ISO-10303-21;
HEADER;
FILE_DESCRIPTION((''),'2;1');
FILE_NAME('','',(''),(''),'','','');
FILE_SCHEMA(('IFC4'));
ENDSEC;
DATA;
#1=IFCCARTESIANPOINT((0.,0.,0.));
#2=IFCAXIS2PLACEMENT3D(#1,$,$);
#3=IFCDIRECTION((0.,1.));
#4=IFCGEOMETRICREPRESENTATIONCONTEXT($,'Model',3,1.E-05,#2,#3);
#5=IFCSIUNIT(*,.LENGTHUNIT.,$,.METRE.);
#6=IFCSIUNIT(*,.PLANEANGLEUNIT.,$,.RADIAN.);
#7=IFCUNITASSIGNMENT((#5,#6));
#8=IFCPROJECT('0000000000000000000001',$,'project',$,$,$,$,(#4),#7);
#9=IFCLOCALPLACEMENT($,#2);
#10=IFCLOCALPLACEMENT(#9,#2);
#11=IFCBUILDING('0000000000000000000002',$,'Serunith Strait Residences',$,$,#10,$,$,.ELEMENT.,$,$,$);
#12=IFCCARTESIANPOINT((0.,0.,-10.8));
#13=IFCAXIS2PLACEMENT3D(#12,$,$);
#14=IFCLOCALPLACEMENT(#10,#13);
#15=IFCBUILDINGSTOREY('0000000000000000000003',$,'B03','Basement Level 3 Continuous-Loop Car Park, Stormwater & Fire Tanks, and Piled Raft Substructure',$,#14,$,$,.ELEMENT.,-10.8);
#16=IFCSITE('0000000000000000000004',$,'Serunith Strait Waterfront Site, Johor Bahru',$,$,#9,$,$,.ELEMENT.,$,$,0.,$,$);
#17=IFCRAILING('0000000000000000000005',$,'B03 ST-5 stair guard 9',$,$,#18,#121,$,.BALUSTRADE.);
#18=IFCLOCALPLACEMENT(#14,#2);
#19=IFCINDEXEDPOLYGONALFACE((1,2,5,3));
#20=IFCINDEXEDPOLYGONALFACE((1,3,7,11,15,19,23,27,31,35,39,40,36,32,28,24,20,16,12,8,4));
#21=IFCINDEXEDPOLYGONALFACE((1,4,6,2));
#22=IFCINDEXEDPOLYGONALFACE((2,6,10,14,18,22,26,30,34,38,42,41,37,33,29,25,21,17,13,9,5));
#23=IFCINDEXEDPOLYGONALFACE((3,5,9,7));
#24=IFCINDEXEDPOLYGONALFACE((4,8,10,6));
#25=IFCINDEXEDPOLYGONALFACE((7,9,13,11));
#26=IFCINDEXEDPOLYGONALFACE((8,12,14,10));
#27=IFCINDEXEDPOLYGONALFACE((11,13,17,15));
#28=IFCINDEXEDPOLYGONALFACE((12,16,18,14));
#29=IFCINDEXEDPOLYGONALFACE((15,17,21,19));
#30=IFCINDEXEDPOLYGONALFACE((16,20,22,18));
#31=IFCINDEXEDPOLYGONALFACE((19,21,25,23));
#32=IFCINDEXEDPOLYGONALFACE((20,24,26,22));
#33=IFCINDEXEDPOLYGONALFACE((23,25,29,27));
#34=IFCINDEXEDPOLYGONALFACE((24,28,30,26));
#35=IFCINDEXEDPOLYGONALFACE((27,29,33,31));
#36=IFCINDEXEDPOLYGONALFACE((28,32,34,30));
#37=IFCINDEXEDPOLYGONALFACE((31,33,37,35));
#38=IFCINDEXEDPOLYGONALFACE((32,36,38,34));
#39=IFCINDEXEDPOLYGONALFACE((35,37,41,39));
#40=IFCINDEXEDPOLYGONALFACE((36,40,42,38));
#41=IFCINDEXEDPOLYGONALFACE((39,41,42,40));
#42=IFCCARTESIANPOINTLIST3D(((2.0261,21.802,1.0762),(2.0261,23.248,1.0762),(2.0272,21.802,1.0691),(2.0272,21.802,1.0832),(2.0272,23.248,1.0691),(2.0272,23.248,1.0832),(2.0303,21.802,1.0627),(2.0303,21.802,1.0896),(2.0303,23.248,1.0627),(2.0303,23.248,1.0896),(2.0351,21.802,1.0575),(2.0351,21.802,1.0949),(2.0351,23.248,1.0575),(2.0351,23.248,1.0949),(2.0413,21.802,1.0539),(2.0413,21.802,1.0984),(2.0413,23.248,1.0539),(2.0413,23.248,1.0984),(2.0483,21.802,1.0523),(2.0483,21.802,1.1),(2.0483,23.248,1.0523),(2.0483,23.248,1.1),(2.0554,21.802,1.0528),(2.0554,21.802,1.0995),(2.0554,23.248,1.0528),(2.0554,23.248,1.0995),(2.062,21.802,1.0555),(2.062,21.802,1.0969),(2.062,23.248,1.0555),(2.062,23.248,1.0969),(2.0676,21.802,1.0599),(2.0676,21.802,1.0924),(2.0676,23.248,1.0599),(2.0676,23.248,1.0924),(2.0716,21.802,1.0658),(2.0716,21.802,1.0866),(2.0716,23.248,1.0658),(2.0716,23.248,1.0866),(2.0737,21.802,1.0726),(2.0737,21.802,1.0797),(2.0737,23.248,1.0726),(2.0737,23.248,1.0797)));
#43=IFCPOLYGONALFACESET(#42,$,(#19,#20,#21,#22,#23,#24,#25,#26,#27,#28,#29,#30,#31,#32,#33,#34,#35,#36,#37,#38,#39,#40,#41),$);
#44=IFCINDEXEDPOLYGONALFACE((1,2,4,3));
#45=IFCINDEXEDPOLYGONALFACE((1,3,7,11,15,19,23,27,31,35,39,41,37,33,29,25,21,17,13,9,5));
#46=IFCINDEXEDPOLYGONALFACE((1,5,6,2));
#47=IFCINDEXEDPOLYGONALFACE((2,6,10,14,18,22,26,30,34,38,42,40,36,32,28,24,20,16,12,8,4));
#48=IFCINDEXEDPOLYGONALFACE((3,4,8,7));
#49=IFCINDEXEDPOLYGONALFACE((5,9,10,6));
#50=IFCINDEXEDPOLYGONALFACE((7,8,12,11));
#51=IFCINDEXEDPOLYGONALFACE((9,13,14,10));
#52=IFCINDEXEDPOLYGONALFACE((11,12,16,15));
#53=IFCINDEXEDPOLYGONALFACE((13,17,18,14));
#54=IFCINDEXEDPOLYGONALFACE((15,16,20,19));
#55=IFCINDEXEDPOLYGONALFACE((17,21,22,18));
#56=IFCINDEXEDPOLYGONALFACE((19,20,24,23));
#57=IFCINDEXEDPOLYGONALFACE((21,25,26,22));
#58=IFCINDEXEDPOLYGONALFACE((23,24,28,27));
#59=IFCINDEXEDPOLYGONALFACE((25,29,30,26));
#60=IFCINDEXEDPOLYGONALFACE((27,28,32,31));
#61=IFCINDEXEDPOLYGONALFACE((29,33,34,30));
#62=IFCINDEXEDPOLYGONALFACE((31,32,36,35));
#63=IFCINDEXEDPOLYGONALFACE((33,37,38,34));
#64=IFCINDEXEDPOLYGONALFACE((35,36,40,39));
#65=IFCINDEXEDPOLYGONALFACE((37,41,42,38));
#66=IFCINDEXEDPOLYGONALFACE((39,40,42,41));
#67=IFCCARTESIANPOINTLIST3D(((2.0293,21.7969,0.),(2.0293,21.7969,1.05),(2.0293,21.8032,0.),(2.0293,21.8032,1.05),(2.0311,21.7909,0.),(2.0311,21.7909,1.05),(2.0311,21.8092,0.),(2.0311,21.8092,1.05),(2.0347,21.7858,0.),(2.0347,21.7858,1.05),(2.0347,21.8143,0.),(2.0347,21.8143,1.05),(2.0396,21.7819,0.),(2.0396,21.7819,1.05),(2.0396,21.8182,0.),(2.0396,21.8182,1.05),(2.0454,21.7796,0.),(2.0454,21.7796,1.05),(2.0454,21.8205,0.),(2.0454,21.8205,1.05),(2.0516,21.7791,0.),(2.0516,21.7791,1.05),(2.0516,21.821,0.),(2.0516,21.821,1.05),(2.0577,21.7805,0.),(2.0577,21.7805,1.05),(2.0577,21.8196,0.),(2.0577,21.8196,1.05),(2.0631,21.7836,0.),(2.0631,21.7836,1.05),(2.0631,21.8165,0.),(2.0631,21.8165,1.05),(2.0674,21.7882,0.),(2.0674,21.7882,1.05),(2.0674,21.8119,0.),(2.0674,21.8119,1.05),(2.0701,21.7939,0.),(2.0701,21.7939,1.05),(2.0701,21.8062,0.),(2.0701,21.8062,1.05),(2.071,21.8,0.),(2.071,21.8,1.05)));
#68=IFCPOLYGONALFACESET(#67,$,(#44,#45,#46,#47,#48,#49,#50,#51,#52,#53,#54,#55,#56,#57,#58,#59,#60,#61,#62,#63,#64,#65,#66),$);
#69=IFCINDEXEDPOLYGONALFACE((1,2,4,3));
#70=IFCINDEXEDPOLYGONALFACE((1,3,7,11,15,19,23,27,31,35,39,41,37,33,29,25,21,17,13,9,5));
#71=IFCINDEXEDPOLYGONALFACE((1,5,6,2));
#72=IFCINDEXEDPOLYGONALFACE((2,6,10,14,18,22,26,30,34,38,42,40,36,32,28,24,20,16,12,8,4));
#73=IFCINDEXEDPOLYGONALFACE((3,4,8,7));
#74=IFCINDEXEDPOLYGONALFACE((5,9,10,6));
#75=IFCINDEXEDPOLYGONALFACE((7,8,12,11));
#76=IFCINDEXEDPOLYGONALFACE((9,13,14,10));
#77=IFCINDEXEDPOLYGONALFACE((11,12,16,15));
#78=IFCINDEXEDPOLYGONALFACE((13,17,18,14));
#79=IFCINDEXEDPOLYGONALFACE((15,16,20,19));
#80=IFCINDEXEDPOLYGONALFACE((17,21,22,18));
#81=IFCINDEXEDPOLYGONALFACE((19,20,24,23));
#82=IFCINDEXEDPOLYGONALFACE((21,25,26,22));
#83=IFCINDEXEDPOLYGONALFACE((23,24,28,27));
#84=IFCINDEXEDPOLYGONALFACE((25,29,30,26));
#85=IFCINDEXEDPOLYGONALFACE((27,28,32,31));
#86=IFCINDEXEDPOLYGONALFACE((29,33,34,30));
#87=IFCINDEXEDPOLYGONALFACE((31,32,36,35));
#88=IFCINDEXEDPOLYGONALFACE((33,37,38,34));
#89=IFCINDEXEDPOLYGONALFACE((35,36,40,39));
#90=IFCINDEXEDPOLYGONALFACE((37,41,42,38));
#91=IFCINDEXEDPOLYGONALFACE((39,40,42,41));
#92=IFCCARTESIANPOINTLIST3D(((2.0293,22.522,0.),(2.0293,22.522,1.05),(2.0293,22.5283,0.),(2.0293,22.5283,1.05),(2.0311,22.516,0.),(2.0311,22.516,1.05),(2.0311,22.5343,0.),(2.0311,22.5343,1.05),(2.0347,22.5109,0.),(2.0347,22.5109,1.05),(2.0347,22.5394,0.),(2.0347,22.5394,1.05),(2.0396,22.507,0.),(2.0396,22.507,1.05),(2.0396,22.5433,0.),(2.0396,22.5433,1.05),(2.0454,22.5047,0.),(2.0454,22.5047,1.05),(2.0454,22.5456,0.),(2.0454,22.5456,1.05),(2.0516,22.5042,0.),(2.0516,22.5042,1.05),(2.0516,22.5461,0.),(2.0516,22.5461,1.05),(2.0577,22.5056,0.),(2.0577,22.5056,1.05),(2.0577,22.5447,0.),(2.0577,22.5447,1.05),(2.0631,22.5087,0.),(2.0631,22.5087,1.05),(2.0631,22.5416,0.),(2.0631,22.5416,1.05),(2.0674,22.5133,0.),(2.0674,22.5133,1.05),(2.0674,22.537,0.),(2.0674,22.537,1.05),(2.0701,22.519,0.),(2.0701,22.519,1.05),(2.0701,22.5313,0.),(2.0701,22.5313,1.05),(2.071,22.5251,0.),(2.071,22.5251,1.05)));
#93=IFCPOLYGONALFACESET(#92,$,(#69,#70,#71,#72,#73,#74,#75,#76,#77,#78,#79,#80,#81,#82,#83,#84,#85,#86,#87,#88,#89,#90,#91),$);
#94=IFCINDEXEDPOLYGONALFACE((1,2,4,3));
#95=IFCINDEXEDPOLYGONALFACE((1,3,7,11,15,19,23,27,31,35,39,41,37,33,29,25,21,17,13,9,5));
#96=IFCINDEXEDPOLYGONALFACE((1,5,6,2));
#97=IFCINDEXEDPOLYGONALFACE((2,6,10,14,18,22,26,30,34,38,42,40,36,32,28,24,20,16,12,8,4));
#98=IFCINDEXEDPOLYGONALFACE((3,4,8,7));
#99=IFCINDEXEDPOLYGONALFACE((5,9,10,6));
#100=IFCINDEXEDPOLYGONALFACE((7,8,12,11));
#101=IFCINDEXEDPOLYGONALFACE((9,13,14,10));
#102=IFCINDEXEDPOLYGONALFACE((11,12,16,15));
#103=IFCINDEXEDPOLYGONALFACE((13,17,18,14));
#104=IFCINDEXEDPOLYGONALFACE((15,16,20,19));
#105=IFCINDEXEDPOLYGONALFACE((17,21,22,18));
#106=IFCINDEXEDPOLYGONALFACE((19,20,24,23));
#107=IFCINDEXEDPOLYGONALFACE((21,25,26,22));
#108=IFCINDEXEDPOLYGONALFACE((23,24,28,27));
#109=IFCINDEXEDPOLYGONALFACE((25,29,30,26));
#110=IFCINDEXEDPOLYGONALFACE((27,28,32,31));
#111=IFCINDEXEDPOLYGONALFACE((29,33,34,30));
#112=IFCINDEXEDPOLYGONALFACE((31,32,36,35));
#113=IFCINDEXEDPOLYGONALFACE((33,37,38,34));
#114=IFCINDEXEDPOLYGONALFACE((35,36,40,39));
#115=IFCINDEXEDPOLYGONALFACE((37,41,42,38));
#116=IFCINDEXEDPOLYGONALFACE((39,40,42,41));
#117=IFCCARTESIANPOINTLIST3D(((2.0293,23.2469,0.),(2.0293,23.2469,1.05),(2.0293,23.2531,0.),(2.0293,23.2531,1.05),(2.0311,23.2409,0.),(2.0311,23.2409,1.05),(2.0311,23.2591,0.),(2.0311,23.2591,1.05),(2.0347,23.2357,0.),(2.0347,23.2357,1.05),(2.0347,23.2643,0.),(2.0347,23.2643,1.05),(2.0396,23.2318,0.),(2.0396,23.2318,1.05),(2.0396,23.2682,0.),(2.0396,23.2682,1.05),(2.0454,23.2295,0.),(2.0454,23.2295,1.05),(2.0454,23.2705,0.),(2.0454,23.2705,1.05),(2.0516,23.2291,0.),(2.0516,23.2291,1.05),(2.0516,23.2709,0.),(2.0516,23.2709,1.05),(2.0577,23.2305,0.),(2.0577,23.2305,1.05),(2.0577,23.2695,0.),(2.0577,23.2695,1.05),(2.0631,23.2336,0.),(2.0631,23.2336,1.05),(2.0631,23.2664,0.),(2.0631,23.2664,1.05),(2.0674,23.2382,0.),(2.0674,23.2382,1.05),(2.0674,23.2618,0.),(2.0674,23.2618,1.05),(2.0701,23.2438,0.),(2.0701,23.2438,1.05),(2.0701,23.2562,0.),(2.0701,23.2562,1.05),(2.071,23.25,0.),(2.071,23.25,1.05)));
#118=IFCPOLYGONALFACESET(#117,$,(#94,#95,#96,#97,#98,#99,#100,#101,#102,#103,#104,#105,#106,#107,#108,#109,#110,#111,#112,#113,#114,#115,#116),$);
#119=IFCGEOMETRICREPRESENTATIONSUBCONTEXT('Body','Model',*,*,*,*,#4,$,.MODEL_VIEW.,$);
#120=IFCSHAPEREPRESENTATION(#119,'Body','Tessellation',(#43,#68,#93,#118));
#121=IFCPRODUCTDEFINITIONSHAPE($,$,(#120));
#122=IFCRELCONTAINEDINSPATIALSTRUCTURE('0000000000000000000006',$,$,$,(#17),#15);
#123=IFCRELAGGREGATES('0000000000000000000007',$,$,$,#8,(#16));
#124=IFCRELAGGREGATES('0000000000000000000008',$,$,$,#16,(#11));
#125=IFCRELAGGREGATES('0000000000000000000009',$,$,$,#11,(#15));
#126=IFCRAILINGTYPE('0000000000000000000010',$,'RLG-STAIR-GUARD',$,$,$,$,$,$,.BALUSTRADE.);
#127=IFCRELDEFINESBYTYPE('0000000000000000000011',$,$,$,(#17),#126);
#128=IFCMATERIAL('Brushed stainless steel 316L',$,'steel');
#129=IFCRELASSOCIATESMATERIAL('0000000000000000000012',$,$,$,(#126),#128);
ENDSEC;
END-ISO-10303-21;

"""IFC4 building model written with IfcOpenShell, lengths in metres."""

from ifc_helpers import new_model, si_unit, direction, frame, origin, origin_2d, place, context, subcontext, project, spatial, circle, extrude, material, type_object, element, save


model = new_model("IFC4")

# Units and contexts
model_context = context("Model", 3, precision=1e-05, world=origin(), true_north=direction((0.0, 1.0)))
body_context = subcontext(model_context, "Body", "Model", "MODEL_VIEW")
ifc_project = project(units=[si_unit("LENGTHUNIT", "METRE"), si_unit("PLANEANGLEUNIT", "RADIAN")], contexts=[model_context])

# Site, building, storey
site_placement = place(None, origin())
site = spatial("IfcSite", under=ifc_project, at=site_placement, Name="Serunith Strait Waterfront Site, Johor Bahru", CompositionType="ELEMENT", RefElevation=0.0)
building_placement = place(site_placement, origin())
building = spatial("IfcBuilding", under=site, at=building_placement, Name="Serunith Strait Residences", CompositionType="ELEMENT")
storey_placement = place(building_placement, frame((0.0, 0.0, -10.8)))
storey = spatial("IfcBuildingStorey", under=building, at=storey_placement, Name="B03", Description="Basement Level 3 Continuous-Loop Car Park, Stormwater & Fire Tanks, and Piled Raft Substructure", CompositionType="ELEMENT", Elevation=-10.8)

# Railing
ifc_material_1 = material(Name="Brushed stainless steel 316L", Category="steel")
railing_type = type_object("IfcRailingType", Name="RLG-STAIR-GUARD", PredefinedType="BALUSTRADE", material=ifc_material_1)
for number, where, name in (
    (1, (2.05, 21.8, 0.0), "B03 ST-5 stair guard 9"),
):
    element("IfcRailing", number, at=place(storey_placement, frame(where)), inside=storey, type_object=railing_type, Name=name, PredefinedType="BALUSTRADE", context=body_context, shape_type="SweptSolid", body=[
        extrude(circle(Radius=0.0239, at=origin_2d()), frame((0.0, 0.002, 1.0762), z_axis=(0.0, 1.0, 0.0), x_axis=(-1.0, 0.0, 0.0)), (0.0, 0.0, 1.0), 1.446),
        extrude(circle(Radius=0.021, at=origin_2d()), origin(), (0.0, 0.0, 1.0), 1.05),
        extrude(circle(Radius=0.021, at=origin_2d()), frame((0.0, 0.7251, 0.0)), (0.0, 0.0, 1.0), 1.05),
        extrude(circle(Radius=0.021, at=origin_2d()), frame((0.0, 1.45, 0.0)), (0.0, 0.0, 1.0), 1.05),
    ])

save(model, "model.ifc")
